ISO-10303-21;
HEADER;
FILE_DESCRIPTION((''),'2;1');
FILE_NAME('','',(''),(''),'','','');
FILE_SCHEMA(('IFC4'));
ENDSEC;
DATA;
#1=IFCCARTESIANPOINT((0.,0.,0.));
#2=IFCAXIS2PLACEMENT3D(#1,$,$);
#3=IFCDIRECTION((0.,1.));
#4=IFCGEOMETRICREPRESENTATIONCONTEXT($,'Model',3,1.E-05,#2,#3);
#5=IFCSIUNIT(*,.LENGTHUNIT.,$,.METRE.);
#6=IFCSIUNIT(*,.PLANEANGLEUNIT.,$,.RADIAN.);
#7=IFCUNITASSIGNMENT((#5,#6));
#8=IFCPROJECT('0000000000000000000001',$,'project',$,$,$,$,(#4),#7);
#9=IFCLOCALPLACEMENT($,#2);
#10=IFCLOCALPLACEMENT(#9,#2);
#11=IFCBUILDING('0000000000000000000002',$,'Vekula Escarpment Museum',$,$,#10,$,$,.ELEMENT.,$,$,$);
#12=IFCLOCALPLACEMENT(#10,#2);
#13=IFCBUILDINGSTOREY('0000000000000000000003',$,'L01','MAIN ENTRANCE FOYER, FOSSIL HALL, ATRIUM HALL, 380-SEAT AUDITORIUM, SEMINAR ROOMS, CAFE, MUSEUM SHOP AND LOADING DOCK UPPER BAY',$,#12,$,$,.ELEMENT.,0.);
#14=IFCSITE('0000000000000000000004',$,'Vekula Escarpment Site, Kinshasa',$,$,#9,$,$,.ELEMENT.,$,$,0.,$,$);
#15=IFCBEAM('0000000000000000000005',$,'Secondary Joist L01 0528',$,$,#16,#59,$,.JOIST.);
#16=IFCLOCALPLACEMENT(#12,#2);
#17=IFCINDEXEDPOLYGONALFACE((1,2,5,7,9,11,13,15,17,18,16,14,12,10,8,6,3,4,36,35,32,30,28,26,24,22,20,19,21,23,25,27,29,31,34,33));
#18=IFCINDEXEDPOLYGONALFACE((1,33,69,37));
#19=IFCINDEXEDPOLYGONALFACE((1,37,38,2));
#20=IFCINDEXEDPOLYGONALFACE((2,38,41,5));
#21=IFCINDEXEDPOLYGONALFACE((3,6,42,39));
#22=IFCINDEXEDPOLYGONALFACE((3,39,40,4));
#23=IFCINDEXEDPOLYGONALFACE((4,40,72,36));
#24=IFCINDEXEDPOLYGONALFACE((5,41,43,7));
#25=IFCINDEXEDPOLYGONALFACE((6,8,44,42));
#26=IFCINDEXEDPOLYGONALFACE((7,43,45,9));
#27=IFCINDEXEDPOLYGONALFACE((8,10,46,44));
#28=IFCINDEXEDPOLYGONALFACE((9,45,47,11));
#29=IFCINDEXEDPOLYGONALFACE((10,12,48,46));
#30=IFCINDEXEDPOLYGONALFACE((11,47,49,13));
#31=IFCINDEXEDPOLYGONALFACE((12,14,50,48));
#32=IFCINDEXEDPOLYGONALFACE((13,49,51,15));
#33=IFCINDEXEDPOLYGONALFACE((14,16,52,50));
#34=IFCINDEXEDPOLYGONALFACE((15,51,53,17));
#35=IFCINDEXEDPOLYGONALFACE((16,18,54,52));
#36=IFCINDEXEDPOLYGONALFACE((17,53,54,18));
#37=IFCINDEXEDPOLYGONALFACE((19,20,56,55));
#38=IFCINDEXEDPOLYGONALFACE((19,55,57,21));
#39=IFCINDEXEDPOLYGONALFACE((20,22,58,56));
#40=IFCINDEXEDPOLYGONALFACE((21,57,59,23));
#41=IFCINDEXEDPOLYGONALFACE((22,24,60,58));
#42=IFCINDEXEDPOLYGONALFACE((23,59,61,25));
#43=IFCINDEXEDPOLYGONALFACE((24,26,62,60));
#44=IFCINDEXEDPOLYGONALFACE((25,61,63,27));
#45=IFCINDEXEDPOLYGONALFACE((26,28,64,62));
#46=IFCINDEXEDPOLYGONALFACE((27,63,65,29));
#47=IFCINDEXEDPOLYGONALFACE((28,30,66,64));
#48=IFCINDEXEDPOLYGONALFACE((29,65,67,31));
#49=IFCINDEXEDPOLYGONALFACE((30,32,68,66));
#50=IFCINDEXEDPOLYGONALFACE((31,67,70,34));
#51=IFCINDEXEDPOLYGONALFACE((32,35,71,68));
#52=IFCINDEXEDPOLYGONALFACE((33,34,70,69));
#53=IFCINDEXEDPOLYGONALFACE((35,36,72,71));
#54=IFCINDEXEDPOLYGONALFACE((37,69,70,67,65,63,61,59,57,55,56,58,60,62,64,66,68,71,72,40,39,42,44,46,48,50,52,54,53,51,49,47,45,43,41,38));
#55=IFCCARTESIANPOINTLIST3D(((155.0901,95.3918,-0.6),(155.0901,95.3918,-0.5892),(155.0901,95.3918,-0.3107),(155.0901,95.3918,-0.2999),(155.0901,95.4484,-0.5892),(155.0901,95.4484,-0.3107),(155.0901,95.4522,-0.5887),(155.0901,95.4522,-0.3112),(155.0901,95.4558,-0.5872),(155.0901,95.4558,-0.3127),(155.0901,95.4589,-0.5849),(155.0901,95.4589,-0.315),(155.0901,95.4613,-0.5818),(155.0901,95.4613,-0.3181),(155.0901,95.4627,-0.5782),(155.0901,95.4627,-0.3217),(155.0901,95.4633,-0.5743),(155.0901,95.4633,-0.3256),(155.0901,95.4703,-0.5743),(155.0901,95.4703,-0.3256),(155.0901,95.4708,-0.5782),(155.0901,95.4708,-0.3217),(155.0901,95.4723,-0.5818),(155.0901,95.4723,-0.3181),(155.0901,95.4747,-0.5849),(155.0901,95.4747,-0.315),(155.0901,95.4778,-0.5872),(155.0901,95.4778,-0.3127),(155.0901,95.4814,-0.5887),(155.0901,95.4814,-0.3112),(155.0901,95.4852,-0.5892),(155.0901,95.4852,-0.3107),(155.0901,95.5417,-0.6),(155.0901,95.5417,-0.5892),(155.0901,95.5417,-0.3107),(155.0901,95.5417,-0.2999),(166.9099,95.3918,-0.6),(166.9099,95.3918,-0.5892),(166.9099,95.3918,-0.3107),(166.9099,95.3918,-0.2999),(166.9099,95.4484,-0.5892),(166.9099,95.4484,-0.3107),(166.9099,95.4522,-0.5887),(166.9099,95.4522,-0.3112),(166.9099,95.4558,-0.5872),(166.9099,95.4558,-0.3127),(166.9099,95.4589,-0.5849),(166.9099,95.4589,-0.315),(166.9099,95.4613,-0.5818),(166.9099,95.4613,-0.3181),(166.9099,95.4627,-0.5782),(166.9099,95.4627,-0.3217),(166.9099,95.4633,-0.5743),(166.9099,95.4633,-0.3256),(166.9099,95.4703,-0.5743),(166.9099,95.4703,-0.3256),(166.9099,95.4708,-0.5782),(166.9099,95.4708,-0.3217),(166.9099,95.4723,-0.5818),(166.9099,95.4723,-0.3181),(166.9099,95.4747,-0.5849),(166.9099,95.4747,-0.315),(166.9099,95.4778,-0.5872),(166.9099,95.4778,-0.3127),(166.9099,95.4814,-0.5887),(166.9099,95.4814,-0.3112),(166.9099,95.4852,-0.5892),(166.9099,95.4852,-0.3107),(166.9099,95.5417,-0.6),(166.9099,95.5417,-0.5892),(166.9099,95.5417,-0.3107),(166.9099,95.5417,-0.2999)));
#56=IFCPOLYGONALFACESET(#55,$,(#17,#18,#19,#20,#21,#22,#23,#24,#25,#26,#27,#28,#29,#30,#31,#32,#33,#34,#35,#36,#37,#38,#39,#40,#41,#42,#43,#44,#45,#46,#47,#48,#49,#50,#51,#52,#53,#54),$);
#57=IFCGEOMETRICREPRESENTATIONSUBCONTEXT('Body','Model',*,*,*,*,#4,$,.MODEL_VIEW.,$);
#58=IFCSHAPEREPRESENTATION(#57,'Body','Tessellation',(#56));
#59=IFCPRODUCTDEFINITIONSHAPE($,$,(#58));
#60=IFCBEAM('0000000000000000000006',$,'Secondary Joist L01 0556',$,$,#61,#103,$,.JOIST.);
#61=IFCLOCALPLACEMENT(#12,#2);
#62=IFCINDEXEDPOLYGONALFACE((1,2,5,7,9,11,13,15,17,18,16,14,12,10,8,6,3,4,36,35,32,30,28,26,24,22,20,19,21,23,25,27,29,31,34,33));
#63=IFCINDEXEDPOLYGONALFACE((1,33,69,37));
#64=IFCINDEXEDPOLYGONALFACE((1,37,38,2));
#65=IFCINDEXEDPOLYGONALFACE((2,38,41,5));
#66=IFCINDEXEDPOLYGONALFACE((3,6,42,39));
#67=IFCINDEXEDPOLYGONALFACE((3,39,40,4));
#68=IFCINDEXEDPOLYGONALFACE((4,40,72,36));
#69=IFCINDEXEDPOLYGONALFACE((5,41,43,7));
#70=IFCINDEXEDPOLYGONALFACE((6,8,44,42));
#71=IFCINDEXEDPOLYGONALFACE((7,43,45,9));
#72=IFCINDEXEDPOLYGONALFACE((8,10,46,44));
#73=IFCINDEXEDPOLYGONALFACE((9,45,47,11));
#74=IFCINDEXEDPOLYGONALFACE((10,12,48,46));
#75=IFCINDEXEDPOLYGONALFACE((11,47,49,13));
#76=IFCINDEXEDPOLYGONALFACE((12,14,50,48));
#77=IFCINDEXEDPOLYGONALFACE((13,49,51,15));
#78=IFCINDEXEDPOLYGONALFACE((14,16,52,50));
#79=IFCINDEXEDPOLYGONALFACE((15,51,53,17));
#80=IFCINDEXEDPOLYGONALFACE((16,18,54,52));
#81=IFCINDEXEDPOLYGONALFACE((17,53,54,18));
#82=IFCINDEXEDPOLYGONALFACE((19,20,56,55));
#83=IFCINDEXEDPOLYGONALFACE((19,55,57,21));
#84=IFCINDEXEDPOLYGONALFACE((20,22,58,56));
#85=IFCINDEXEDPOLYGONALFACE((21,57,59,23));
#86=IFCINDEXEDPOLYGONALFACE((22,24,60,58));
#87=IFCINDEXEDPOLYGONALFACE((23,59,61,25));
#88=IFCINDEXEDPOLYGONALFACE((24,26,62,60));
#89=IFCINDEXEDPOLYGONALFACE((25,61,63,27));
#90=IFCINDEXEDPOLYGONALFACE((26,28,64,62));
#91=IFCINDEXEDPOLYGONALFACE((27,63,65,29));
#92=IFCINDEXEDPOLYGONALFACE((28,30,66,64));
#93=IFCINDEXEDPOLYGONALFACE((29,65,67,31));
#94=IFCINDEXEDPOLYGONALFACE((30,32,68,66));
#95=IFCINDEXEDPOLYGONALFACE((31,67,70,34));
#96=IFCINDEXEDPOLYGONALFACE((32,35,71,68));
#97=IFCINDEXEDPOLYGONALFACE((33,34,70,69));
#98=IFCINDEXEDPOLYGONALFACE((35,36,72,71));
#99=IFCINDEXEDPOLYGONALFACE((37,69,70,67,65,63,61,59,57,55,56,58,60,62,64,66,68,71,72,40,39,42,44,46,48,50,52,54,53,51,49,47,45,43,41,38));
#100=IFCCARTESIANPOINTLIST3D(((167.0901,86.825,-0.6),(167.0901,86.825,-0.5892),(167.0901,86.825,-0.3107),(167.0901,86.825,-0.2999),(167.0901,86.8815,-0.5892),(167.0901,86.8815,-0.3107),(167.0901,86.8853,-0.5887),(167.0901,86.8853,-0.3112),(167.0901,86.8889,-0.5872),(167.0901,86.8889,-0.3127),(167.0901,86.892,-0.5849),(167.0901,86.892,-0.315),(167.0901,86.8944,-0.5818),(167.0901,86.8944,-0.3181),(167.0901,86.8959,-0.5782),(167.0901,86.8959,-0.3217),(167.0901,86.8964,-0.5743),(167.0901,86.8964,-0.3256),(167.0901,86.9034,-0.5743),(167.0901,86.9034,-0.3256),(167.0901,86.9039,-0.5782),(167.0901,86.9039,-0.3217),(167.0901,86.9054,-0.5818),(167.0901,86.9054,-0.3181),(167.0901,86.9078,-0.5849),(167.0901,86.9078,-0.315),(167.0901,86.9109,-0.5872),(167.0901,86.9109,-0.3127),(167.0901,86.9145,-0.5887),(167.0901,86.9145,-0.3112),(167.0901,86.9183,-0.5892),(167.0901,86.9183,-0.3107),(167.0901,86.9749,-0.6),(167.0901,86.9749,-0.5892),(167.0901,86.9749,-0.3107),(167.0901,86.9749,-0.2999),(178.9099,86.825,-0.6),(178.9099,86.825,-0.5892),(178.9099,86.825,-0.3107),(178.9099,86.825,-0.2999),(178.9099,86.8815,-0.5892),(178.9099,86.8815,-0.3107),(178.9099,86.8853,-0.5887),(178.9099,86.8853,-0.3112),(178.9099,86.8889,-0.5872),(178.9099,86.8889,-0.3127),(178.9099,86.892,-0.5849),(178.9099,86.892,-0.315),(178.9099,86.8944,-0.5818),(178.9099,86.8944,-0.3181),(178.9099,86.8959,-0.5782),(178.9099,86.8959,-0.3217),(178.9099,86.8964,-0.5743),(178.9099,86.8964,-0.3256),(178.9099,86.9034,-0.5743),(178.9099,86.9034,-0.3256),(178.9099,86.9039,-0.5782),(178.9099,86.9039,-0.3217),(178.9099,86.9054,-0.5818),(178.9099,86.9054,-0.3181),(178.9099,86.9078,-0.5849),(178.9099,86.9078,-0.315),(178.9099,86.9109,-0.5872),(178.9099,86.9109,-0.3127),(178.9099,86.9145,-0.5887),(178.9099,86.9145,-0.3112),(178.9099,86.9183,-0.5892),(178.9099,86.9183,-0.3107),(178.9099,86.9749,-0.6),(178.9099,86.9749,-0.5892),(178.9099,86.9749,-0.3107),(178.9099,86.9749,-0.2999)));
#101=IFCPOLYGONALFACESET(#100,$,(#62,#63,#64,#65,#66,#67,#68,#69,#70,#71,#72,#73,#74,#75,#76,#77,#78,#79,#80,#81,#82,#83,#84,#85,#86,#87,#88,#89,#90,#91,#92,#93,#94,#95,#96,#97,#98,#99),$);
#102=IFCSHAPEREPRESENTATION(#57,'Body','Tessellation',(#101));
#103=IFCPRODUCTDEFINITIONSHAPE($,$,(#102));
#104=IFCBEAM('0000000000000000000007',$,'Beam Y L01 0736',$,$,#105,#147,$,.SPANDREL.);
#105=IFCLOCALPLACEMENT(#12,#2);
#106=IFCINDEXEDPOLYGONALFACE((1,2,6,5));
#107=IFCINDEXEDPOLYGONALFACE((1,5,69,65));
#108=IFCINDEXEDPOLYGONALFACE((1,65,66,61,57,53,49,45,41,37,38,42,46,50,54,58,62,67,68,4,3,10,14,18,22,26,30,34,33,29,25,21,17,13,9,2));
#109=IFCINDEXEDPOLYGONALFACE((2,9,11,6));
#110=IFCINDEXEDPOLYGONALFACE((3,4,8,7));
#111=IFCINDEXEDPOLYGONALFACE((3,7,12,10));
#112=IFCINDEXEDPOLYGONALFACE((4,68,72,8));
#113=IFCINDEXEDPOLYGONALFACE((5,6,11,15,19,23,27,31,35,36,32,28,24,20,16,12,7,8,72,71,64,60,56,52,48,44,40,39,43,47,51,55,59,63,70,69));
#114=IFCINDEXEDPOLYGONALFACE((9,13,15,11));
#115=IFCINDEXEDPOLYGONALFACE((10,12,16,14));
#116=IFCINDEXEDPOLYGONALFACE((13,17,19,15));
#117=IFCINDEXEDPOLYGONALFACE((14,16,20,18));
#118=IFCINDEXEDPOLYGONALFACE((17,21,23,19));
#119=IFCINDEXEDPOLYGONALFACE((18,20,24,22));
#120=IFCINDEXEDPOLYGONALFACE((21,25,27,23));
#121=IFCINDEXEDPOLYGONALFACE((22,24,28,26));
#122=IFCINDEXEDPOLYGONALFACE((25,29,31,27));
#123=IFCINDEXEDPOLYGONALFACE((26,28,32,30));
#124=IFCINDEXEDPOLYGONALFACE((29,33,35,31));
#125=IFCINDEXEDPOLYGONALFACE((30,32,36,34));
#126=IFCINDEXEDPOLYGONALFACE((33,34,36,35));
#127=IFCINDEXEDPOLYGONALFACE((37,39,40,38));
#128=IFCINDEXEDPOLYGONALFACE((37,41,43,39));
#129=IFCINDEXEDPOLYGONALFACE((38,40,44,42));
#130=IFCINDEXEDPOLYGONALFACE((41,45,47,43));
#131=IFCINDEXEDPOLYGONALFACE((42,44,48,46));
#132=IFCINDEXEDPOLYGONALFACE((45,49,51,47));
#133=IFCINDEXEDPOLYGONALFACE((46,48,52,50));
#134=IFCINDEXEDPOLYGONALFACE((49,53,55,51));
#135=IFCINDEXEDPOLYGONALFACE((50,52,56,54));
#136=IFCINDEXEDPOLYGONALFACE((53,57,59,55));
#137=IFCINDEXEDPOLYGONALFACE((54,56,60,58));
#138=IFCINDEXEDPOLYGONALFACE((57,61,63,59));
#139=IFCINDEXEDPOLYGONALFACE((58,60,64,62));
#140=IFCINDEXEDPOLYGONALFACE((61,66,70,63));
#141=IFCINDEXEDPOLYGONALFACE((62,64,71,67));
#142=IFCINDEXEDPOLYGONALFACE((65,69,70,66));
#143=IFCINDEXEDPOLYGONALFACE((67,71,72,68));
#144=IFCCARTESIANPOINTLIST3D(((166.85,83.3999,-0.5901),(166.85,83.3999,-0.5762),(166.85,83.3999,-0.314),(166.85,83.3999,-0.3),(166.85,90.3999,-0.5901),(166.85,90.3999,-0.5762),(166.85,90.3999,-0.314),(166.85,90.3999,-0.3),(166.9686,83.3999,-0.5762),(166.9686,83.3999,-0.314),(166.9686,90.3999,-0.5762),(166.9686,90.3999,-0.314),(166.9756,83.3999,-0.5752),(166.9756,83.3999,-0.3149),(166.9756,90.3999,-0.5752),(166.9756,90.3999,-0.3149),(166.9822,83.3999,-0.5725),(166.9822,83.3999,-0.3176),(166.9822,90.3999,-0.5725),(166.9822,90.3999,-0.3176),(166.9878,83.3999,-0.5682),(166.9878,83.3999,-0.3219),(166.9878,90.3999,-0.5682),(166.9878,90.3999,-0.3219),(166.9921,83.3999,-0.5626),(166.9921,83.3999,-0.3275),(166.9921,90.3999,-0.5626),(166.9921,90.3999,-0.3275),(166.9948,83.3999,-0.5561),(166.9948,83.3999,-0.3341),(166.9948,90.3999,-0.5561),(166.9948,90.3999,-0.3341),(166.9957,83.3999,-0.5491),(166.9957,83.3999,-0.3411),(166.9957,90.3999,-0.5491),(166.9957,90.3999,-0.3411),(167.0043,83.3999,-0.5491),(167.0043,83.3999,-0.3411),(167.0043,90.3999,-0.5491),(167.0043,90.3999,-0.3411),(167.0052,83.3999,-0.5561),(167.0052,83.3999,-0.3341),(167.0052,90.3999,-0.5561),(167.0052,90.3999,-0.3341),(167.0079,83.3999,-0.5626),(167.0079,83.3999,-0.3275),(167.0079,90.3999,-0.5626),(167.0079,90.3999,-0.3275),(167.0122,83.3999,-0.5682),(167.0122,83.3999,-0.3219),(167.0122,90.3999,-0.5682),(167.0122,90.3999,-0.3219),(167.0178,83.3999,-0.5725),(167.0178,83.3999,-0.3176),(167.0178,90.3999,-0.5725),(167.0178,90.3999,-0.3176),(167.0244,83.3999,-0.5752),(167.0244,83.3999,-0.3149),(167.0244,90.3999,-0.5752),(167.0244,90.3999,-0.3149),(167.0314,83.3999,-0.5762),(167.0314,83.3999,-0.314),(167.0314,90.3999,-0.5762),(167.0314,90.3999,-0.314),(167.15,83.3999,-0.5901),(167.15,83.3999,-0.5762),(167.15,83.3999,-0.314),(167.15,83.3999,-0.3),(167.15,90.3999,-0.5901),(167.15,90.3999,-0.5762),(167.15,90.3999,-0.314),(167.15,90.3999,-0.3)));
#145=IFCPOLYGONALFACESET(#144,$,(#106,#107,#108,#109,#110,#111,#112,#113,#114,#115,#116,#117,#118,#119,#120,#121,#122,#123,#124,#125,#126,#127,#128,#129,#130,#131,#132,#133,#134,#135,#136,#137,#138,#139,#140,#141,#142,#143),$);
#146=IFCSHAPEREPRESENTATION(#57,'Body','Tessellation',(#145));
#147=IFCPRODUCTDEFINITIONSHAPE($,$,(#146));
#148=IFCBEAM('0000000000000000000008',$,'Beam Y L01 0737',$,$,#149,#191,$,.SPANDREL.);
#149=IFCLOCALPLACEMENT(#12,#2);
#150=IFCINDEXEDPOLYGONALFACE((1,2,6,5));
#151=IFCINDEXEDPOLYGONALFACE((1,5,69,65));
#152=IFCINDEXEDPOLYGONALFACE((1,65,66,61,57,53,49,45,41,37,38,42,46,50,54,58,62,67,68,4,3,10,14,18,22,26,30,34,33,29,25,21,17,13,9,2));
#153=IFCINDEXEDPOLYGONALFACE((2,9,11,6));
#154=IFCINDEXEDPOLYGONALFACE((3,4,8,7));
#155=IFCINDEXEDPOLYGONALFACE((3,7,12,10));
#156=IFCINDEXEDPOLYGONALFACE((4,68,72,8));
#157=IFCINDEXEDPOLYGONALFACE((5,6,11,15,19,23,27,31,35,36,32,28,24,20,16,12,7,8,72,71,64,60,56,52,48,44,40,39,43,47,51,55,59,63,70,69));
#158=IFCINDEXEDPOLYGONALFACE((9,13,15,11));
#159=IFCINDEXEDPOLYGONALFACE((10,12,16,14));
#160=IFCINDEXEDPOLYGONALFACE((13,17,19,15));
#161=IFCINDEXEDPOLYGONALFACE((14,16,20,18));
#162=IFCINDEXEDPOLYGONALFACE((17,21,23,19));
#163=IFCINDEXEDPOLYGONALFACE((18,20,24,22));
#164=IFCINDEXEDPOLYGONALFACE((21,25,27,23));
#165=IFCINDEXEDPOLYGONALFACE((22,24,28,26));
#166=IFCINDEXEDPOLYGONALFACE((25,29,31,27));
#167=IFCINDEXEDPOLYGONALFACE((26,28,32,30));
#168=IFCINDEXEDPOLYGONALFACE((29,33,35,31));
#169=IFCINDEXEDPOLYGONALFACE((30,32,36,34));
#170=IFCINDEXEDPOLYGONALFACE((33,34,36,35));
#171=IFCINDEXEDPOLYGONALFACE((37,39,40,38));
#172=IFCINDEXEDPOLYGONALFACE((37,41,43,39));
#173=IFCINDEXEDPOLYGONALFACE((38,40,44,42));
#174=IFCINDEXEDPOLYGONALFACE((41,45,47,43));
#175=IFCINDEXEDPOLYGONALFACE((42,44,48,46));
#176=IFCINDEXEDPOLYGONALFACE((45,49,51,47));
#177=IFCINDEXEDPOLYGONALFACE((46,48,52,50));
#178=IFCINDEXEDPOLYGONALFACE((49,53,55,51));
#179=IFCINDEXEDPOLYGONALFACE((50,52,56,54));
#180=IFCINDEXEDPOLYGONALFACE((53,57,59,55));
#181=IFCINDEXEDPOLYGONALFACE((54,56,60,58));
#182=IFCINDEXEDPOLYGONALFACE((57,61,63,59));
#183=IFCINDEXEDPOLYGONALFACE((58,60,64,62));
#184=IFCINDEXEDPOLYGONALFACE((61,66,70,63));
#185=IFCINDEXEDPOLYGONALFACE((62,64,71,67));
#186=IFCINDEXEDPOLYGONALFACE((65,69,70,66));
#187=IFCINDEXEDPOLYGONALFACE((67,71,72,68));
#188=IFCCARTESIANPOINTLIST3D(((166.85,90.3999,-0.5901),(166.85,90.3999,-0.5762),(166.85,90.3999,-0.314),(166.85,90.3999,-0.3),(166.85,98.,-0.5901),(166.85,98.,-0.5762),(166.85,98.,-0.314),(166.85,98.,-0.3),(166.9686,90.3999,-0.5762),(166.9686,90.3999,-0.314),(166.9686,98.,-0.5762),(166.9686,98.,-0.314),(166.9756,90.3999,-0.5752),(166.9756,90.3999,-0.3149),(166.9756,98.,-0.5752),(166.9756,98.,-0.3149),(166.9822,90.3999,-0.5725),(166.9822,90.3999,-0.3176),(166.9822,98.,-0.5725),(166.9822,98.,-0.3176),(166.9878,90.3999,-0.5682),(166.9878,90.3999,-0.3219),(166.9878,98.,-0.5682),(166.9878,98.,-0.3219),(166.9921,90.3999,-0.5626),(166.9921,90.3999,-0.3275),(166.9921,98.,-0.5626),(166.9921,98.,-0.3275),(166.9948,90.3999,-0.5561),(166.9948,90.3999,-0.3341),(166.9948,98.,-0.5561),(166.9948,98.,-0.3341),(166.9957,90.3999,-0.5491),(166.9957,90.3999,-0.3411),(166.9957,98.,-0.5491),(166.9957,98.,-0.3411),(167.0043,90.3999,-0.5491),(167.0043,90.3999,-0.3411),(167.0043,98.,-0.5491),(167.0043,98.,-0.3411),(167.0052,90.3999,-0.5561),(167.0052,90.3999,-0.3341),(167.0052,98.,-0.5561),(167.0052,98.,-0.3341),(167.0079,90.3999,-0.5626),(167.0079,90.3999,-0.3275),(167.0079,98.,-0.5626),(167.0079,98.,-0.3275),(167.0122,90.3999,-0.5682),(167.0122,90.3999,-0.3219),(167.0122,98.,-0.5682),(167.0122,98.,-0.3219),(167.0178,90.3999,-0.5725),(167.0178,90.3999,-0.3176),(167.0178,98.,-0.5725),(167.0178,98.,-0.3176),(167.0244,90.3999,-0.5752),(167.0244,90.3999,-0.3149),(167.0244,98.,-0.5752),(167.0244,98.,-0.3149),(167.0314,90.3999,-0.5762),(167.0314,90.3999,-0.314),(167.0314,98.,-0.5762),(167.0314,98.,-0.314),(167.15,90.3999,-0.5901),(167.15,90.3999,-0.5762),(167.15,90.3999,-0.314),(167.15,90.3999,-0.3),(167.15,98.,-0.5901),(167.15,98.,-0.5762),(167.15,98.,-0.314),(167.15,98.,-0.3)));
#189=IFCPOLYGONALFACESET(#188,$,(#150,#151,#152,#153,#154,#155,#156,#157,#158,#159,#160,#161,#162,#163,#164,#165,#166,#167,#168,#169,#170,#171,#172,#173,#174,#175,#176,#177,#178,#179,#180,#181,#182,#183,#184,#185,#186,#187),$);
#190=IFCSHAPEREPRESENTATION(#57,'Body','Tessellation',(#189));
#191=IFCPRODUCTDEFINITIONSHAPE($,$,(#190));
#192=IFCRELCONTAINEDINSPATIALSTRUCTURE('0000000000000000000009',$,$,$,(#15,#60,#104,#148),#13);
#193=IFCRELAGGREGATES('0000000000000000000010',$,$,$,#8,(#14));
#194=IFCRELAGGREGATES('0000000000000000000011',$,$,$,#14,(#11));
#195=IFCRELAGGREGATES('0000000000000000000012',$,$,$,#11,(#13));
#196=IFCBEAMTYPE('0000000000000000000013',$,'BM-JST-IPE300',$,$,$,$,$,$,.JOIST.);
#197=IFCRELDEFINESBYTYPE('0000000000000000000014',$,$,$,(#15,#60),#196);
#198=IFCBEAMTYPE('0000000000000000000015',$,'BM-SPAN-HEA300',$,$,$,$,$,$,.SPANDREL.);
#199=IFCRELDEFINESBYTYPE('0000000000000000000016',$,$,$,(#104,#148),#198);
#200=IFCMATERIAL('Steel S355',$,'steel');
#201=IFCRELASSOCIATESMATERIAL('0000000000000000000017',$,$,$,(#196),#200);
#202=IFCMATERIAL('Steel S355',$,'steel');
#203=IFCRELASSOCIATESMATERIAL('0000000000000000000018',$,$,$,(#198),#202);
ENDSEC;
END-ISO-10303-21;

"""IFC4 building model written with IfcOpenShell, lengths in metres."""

from ifc_helpers import new_model, si_unit, direction, frame, origin, origin_2d, place, context, subcontext, project, spatial, i_section, extrude, material, material_profile, profile_set, type_object, element, save


model = new_model("IFC4")

# Units and contexts
model_context = context("Model", 3, precision=1e-05, world=origin(), true_north=direction((0.0, 1.0)))
body_context = subcontext(model_context, "Body", "Model", "MODEL_VIEW")
ifc_project = project(units=[si_unit("LENGTHUNIT", "METRE"), si_unit("PLANEANGLEUNIT", "RADIAN")], contexts=[model_context])

# Site, building, storey
site_placement = place(None, origin())
site = spatial("IfcSite", under=ifc_project, at=site_placement, Name="Vekula Escarpment Site, Kinshasa", CompositionType="ELEMENT", RefElevation=0.0)
building_placement = place(site_placement, origin())
building = spatial("IfcBuilding", under=site, at=building_placement, Name="Vekula Escarpment Museum", CompositionType="ELEMENT")
storey_placement = place(building_placement, origin())
storey = spatial("IfcBuildingStorey", under=building, at=storey_placement, Name="L01", Description="MAIN ENTRANCE FOYER, FOSSIL HALL, ATRIUM HALL, 380-SEAT AUDITORIUM, SEMINAR ROOMS, CAFE, MUSEUM SHOP AND LOADING DOCK UPPER BAY", CompositionType="ELEMENT", Elevation=0.0)

# Beams
ifc_material_1 = material(Name="Steel S355", Category="steel")
ifc_material_profile_1 = material_profile(ifc_material_1, i_section(OverallWidth=0.1499, OverallDepth=0.3, WebThickness=0.0071, FlangeThickness=0.0107, FilletRadius=0.0149, at=origin_2d()), Name="IPE 300")
ifc_profile_set_1 = profile_set([ifc_material_profile_1], Name="Steel S355")
beam_type_1 = type_object("IfcBeamType", Name="BM-JST-IPE300", PredefinedType="JOIST", material=ifc_profile_set_1)
for number, where, z_axis, x_axis, name in (
    (1, (155.0901, 95.4668, -0.45), (1.0, 0.0, 0.0), (0.0, 1.0, 0.0), "Secondary Joist L01 0528"),
    (2, (167.0901, 86.8999, -0.45), (1.0, 0.0, 0.0), (0.0, 1.0, 0.0), "Secondary Joist L01 0556"),
):
    element("IfcBeam", number, at=place(storey_placement, frame(where, z_axis=z_axis, x_axis=x_axis)), inside=storey, type_object=beam_type_1, Name=name, PredefinedType="JOIST", context=body_context, shape_type="SweptSolid", body=[
        extrude(i_section(OverallWidth=0.1499, OverallDepth=0.3, WebThickness=0.0071, FlangeThickness=0.0107, FilletRadius=0.0149, at=origin_2d()), origin(), (0.0, 0.0, 1.0), 11.8198),
    ])
ifc_material_2 = material(Name="Steel S355", Category="steel")
ifc_material_profile_2 = material_profile(ifc_material_2, i_section(OverallWidth=0.3, OverallDepth=0.29, WebThickness=0.0085, FlangeThickness=0.0139, FilletRadius=0.0271, at=origin_2d()), Name="HEA 300")
ifc_profile_set_2 = profile_set([ifc_material_profile_2], Name="Steel S355")
beam_type_2 = type_object("IfcBeamType", Name="BM-SPAN-HEA300", PredefinedType="SPANDREL", material=ifc_profile_set_2)
beam_1_placement = place(storey_placement, frame((167.0, 83.3999, -0.4451), z_axis=(0.0, 1.0, 0.0), x_axis=(-1.0, 0.0, 0.0)))
element("IfcBeam", 3, at=beam_1_placement, inside=storey, type_object=beam_type_2, Name="Beam Y L01 0736", PredefinedType="SPANDREL", context=body_context, shape_type="SweptSolid", body=[
    extrude(i_section(OverallWidth=0.3, OverallDepth=0.29, WebThickness=0.0085, FlangeThickness=0.0139, FilletRadius=0.0271, at=origin_2d()), origin(), (0.0, 0.0, 1.0), 7.0),
])
beam_2_placement = place(storey_placement, frame((167.0, 90.3999, -0.4451), z_axis=(0.0, 1.0, 0.0), x_axis=(-1.0, 0.0, 0.0)))
element("IfcBeam", 4, at=beam_2_placement, inside=storey, type_object=beam_type_2, Name="Beam Y L01 0737", PredefinedType="SPANDREL", context=body_context, shape_type="SweptSolid", body=[
    extrude(i_section(OverallWidth=0.3, OverallDepth=0.29, WebThickness=0.0085, FlangeThickness=0.0139, FilletRadius=0.0271, at=origin_2d()), origin(), (0.0, 0.0, 1.0), 7.6001),
])

save(model, "model.ifc")
